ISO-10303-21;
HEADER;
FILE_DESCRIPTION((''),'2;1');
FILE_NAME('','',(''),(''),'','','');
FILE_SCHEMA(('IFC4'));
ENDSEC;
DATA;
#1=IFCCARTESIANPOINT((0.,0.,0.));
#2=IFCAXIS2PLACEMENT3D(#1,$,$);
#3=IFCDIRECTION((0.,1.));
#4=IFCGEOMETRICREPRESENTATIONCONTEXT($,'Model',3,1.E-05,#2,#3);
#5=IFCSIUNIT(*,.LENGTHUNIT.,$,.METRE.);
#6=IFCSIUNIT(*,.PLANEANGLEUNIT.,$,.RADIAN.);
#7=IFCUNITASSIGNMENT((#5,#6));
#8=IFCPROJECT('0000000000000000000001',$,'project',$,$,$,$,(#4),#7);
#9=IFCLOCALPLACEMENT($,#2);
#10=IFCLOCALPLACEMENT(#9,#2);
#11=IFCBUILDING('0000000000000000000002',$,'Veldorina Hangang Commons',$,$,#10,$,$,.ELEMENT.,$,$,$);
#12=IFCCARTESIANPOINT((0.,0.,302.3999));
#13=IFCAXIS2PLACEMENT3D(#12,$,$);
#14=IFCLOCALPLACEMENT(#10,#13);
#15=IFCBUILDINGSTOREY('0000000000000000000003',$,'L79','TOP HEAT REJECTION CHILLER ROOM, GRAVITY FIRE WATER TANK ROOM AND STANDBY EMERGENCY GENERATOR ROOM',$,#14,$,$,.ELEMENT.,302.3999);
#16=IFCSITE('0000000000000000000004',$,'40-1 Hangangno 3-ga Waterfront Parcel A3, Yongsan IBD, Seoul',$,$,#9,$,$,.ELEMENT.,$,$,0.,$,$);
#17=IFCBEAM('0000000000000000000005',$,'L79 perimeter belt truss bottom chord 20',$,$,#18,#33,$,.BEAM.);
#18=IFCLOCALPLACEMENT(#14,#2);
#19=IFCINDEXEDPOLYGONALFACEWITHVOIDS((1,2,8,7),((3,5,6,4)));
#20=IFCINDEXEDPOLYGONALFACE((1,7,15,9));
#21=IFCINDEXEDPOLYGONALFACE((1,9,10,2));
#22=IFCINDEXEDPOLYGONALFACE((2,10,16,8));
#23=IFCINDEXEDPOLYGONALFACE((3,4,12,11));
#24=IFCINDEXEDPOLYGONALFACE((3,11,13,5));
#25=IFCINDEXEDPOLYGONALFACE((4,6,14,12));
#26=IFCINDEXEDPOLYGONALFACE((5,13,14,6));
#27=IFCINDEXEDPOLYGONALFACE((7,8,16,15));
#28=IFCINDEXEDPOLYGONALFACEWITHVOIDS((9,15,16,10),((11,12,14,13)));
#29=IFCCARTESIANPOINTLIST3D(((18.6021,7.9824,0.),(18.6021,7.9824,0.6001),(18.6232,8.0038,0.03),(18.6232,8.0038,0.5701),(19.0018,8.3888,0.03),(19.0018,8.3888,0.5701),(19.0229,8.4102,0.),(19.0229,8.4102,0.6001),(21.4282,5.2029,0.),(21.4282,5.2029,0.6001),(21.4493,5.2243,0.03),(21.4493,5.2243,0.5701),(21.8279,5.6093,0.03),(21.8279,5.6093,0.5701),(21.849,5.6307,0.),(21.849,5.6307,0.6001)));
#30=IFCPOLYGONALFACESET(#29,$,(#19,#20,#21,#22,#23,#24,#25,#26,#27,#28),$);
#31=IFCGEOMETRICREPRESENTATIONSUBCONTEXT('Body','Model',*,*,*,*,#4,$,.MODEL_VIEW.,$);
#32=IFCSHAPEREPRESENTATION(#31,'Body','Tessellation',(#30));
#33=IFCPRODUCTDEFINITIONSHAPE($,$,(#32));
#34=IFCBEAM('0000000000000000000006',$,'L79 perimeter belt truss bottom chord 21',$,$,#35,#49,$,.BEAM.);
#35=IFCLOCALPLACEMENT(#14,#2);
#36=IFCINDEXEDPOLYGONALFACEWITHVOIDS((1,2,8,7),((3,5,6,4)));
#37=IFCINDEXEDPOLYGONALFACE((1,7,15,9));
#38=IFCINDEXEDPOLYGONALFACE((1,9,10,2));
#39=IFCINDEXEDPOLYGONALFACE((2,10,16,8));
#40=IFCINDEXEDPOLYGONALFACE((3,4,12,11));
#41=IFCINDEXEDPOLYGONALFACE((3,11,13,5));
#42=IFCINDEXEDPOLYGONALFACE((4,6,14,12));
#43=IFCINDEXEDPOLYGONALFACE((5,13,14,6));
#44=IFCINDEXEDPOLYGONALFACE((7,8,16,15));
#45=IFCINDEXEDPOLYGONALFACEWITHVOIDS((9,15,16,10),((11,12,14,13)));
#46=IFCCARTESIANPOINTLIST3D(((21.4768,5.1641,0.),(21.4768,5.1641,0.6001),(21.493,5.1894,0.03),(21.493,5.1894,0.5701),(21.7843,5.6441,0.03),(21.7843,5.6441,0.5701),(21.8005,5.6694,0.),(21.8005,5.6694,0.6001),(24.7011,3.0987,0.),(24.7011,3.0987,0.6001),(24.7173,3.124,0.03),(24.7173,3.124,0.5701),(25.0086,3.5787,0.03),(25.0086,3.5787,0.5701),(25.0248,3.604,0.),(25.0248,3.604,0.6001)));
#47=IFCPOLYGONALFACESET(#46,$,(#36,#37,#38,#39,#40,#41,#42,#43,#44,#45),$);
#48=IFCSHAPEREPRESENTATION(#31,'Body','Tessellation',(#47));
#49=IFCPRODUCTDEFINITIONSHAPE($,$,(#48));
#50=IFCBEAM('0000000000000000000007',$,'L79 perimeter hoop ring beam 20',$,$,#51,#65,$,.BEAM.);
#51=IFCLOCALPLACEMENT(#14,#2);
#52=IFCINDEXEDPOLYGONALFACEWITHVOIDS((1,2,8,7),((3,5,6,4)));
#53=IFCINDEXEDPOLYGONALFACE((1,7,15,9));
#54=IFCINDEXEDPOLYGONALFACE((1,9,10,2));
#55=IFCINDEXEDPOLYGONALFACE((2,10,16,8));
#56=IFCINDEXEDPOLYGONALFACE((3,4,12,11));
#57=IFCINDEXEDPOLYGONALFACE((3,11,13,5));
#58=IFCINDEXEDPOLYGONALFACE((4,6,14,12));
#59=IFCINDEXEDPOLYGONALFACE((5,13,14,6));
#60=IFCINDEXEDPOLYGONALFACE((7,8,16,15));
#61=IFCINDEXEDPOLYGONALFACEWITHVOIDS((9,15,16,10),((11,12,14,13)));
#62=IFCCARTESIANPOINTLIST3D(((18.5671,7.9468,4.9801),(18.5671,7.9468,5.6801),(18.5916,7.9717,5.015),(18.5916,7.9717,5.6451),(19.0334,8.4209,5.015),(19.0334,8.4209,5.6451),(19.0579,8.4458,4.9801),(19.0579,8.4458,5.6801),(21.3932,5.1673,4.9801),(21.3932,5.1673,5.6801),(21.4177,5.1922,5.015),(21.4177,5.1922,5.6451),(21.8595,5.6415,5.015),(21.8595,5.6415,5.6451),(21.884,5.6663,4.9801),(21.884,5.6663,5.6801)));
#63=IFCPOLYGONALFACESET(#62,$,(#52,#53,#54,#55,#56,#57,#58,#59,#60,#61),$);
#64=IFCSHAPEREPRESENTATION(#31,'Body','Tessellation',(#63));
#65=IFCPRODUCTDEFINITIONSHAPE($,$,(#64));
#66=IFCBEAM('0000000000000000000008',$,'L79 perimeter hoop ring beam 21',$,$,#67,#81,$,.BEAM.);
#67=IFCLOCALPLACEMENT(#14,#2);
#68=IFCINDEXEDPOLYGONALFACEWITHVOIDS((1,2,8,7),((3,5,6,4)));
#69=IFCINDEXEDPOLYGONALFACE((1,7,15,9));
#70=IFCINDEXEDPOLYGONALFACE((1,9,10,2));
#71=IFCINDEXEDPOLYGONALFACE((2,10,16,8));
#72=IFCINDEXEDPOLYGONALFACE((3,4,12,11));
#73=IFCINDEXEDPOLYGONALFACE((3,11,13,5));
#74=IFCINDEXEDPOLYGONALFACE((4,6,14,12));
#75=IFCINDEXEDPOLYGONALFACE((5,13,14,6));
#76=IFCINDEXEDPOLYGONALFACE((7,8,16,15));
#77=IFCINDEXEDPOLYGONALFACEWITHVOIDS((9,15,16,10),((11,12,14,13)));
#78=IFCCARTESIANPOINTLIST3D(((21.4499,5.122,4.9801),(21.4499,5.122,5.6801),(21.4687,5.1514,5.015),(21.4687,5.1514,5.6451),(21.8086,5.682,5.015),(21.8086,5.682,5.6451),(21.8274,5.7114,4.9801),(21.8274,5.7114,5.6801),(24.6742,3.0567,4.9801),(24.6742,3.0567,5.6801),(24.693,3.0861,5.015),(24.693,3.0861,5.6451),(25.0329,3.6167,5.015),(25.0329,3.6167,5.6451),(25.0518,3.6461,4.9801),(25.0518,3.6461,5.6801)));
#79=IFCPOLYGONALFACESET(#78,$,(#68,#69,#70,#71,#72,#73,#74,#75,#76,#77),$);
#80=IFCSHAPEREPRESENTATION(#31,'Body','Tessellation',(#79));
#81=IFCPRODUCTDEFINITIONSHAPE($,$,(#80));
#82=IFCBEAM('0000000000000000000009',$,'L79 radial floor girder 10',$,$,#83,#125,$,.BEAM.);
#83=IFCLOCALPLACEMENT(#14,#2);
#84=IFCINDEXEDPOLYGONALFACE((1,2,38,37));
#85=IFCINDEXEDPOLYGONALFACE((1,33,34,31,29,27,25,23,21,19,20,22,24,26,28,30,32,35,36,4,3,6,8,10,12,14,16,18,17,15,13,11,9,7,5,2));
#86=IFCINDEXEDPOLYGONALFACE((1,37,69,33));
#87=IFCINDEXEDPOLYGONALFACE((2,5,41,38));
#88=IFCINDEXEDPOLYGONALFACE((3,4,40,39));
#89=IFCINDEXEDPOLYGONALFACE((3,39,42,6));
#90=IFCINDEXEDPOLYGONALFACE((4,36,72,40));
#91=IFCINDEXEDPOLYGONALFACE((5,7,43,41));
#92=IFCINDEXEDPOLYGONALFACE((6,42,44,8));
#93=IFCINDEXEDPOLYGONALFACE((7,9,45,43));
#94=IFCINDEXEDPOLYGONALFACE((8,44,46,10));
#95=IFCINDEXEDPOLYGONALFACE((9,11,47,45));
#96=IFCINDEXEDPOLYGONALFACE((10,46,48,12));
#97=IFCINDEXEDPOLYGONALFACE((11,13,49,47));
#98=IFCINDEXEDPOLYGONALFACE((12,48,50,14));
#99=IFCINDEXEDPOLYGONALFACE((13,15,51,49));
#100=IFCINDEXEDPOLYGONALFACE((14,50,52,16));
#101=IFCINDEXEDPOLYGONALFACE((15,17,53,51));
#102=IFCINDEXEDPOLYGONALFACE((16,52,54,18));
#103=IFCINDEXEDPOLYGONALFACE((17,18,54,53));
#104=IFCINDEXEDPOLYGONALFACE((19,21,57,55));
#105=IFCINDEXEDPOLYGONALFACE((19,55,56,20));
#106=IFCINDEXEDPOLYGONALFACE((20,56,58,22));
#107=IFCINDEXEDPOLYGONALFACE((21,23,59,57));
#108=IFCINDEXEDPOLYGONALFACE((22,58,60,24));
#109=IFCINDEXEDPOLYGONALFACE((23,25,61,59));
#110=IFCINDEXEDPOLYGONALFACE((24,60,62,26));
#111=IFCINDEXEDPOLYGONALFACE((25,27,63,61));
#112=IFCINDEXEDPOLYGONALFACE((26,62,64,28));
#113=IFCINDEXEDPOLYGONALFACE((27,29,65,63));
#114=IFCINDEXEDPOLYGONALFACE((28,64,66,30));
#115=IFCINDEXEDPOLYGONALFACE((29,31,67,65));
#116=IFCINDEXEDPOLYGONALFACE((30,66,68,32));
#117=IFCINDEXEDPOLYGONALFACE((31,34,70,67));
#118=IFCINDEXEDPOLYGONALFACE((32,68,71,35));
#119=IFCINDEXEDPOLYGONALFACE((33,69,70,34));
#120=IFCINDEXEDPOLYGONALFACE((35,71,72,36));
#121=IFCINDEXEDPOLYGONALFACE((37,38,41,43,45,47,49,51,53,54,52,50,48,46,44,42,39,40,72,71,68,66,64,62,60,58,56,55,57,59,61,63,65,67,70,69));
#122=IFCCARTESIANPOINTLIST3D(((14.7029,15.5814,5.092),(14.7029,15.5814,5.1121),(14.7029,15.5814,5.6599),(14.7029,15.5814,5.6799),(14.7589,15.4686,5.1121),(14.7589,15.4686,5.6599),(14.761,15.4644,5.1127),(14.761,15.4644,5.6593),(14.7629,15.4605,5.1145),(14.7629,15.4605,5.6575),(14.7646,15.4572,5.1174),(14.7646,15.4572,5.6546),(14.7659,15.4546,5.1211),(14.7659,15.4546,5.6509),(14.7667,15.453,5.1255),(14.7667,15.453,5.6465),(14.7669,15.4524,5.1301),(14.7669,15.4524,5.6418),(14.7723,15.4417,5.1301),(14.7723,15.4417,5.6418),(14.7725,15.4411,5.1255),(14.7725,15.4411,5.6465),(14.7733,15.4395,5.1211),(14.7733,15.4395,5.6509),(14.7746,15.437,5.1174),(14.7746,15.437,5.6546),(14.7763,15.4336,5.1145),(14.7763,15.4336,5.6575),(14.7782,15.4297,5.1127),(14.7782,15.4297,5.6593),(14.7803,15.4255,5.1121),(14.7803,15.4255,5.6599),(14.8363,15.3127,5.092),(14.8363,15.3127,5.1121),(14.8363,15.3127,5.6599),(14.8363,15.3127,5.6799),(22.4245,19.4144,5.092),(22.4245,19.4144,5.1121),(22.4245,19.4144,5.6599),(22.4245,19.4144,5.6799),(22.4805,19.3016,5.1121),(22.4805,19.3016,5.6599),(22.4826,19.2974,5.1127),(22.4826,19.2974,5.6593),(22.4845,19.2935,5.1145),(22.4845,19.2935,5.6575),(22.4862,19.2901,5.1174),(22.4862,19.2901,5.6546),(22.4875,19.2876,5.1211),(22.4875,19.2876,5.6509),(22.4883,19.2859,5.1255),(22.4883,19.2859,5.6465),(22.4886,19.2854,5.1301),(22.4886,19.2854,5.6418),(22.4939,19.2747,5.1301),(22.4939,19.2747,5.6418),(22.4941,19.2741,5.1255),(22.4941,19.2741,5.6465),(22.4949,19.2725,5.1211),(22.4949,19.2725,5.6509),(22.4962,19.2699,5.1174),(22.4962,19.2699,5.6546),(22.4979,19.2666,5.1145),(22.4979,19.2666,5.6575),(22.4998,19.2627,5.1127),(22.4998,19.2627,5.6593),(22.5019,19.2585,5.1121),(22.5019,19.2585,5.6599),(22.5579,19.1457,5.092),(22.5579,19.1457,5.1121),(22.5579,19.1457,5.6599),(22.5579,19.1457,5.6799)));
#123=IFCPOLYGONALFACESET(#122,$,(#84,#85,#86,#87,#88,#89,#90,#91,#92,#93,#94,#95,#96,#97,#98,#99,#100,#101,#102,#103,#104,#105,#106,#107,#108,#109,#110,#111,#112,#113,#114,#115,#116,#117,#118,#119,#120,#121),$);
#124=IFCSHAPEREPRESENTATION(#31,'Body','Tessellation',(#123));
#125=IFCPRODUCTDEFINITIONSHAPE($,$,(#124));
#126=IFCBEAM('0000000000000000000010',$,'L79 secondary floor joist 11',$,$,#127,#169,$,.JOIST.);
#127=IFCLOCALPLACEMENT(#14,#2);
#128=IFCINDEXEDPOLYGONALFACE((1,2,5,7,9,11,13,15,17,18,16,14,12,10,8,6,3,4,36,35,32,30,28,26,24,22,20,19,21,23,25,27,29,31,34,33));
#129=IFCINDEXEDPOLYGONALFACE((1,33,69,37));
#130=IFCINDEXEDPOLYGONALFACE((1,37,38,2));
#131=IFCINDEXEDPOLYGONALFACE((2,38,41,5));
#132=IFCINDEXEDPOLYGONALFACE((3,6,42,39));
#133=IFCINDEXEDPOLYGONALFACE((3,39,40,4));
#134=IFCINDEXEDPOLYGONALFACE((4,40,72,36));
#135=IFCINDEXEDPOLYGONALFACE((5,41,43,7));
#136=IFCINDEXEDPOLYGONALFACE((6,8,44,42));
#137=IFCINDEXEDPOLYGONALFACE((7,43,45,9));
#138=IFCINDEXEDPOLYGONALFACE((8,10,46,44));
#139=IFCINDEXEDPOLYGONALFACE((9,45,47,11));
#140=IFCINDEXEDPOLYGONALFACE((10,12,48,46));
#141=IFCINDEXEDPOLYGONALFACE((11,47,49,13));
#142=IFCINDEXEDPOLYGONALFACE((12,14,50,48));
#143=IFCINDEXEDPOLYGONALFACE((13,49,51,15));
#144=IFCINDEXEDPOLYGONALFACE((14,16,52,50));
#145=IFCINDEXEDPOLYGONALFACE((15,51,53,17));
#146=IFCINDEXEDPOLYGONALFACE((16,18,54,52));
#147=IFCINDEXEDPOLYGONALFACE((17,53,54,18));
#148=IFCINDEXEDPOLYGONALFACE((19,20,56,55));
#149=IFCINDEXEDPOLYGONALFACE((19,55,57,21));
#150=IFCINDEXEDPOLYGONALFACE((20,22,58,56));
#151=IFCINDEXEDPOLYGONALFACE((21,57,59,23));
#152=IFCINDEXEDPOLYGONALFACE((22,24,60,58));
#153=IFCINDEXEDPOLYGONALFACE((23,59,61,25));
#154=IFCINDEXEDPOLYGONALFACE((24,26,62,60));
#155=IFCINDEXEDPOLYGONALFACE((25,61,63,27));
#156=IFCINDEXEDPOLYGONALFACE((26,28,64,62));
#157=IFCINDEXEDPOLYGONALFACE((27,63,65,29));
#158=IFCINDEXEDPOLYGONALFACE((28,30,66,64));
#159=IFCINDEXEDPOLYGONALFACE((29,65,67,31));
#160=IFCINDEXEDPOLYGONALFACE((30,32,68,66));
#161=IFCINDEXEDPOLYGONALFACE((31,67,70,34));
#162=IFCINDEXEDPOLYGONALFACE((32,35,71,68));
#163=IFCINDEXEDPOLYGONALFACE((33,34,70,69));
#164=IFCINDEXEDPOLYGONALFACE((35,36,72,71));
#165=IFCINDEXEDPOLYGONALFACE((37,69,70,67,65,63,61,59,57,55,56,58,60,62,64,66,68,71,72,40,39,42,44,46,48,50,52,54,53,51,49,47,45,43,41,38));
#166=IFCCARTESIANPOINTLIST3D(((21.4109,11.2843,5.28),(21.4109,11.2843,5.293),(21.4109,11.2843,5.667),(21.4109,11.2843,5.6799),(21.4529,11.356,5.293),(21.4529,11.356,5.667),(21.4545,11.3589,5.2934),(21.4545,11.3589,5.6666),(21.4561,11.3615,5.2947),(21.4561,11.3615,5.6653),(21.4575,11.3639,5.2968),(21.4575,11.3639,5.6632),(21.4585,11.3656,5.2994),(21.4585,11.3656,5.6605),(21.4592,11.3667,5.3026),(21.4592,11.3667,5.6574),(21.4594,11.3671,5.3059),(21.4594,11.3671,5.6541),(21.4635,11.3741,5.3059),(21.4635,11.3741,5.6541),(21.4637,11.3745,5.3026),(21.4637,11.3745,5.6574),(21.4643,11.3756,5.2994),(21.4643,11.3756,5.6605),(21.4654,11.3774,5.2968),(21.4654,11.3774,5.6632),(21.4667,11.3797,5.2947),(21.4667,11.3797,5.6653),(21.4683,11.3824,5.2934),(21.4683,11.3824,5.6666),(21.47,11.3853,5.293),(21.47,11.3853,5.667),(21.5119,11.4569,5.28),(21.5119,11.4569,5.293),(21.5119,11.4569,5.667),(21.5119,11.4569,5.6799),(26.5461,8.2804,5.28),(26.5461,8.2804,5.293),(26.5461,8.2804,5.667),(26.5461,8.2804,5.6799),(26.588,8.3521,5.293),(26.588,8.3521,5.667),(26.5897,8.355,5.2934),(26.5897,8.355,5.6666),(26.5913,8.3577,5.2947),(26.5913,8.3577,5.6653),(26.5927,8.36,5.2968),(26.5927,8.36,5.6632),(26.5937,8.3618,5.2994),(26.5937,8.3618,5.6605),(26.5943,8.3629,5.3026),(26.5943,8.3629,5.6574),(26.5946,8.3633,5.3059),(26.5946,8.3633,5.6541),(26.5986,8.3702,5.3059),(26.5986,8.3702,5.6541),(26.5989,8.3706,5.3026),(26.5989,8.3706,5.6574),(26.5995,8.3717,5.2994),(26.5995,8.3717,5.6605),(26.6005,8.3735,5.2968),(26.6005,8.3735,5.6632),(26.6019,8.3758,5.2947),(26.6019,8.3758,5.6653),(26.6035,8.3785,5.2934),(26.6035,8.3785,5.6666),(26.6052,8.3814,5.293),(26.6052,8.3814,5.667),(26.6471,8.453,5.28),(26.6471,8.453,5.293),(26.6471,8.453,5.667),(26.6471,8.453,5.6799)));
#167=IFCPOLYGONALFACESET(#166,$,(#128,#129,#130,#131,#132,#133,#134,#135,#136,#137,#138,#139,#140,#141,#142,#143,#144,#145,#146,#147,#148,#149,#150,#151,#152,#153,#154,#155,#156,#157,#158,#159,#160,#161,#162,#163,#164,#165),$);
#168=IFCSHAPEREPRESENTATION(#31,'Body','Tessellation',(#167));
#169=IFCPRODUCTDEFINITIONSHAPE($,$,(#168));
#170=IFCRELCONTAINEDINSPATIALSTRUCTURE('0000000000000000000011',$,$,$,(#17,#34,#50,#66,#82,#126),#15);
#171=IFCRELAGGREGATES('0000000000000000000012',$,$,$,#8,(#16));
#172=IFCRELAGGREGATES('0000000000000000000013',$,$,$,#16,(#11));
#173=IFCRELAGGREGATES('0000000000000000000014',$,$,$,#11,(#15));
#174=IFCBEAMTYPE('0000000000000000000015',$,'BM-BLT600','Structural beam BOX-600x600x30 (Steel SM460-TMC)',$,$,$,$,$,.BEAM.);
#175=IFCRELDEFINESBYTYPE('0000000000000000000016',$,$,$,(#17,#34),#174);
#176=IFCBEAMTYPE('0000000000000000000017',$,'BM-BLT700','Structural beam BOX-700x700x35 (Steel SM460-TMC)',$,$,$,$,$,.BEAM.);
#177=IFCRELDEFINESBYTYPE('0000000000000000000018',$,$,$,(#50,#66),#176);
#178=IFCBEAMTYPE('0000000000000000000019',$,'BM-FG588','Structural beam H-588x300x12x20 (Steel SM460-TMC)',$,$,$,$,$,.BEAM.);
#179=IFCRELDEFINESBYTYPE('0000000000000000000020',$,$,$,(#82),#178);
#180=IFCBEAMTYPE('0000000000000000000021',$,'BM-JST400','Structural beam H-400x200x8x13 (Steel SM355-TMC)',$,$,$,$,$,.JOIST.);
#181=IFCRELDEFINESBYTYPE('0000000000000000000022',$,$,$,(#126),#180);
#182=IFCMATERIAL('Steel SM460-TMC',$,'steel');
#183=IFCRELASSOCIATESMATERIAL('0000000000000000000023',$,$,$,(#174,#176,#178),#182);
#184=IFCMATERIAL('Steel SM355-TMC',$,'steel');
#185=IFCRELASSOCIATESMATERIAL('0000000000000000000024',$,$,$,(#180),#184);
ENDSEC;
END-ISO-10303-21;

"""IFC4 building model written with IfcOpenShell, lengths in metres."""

from ifc_helpers import new_model, si_unit, direction, frame, origin, origin_2d, place, context, subcontext, project, spatial, hollow_rectangle, i_section, extrude, material, material_profile, profile_set, type_object, element, save


model = new_model("IFC4")

# Units and contexts
model_context = context("Model", 3, precision=1e-05, world=origin(), true_north=direction((0.0, 1.0)))
body_context = subcontext(model_context, "Body", "Model", "MODEL_VIEW")
ifc_project = project(units=[si_unit("LENGTHUNIT", "METRE"), si_unit("PLANEANGLEUNIT", "RADIAN")], contexts=[model_context])

# Site, building, storey
site_placement = place(None, origin())
site = spatial("IfcSite", under=ifc_project, at=site_placement, Name="40-1 Hangangno 3-ga Waterfront Parcel A3, Yongsan IBD, Seoul", CompositionType="ELEMENT", RefElevation=0.0)
building_placement = place(site_placement, origin())
building = spatial("IfcBuilding", under=site, at=building_placement, Name="Veldorina Hangang Commons", CompositionType="ELEMENT")
storey_placement = place(building_placement, frame((0.0, 0.0, 302.3999)))
storey = spatial("IfcBuildingStorey", under=building, at=storey_placement, Name="L79", Description="TOP HEAT REJECTION CHILLER ROOM, GRAVITY FIRE WATER TANK ROOM AND STANDBY EMERGENCY GENERATOR ROOM", CompositionType="ELEMENT", Elevation=302.3999)

# Beams
ifc_material_1 = material(Name="Steel SM460-TMC", Category="steel")
ifc_material_profile_1 = material_profile(ifc_material_1, hollow_rectangle(XDim=0.6001, YDim=0.6001, WallThickness=0.03, at=origin_2d()), Name="BOX-600x600x30")
ifc_profile_set_1 = profile_set([ifc_material_profile_1], Name="Steel SM460-TMC")
beam_type_1 = type_object("IfcBeamType", Name="BM-BLT600", Description="Structural beam BOX-600x600x30 (Steel SM460-TMC)", PredefinedType="BEAM", material=ifc_profile_set_1)
beam_1_placement = place(storey_placement, frame((18.8125, 8.1963, 0.3), z_axis=(0.712964, -0.7012, 0.0), x_axis=(0.7012, 0.712964, 0.0)))
element("IfcBeam", 1, at=beam_1_placement, inside=storey, type_object=beam_type_1, Name="L79 perimeter belt truss bottom chord 20", PredefinedType="BEAM", context=body_context, shape_type="SweptSolid", body=[
    extrude(hollow_rectangle(XDim=0.6001, YDim=0.6001, WallThickness=0.03, at=origin_2d()), origin(), (0.0, 0.0, 1.0), 3.9639),
])
beam_2_placement = place(storey_placement, frame((21.6387, 5.4167, 0.3), z_axis=(0.842054, -0.539394, 0.0), x_axis=(0.539394, 0.842054, 0.0)))
element("IfcBeam", 2, at=beam_2_placement, inside=storey, type_object=beam_type_1, Name="L79 perimeter belt truss bottom chord 21", PredefinedType="BEAM", context=body_context, shape_type="SweptSolid", body=[
    extrude(hollow_rectangle(XDim=0.6001, YDim=0.6001, WallThickness=0.03, at=origin_2d()), origin(), (0.0, 0.0, 1.0), 3.8291),
])
ifc_material_profile_2 = material_profile(ifc_material_1, hollow_rectangle(XDim=0.7, YDim=0.7, WallThickness=0.0349, at=origin_2d()), Name="BOX-700x700x35")
ifc_profile_set_2 = profile_set([ifc_material_profile_2], Name="Steel SM460-TMC")
beam_type_2 = type_object("IfcBeamType", Name="BM-BLT700", Description="Structural beam BOX-700x700x35 (Steel SM460-TMC)", PredefinedType="BEAM", material=ifc_profile_set_2)
beam_3_placement = place(storey_placement, frame((18.8125, 8.1963, 5.3301), z_axis=(0.712964, -0.7012, 0.0), x_axis=(0.7012, 0.712964, 0.0)))
element("IfcBeam", 3, at=beam_3_placement, inside=storey, type_object=beam_type_2, Name="L79 perimeter hoop ring beam 20", PredefinedType="BEAM", context=body_context, shape_type="SweptSolid", body=[
    extrude(hollow_rectangle(XDim=0.7, YDim=0.7, WallThickness=0.0349, at=origin_2d()), origin(), (0.0, 0.0, 1.0), 3.9639),
])
beam_4_placement = place(storey_placement, frame((21.6387, 5.4167, 5.3301), z_axis=(0.842054, -0.539394, 0.0), x_axis=(0.539394, 0.842054, 0.0)))
element("IfcBeam", 4, at=beam_4_placement, inside=storey, type_object=beam_type_2, Name="L79 perimeter hoop ring beam 21", PredefinedType="BEAM", context=body_context, shape_type="SweptSolid", body=[
    extrude(hollow_rectangle(XDim=0.7, YDim=0.7, WallThickness=0.0349, at=origin_2d()), origin(), (0.0, 0.0, 1.0), 3.8291),
])
ifc_material_profile_3 = material_profile(ifc_material_1, i_section(OverallWidth=0.3, OverallDepth=0.5879, WebThickness=0.012, FlangeThickness=0.02, FilletRadius=0.0181, at=origin_2d()), Name="H-588x300x12x20")
ifc_profile_set_3 = profile_set([ifc_material_profile_3], Name="Steel SM460-TMC")
beam_type_3 = type_object("IfcBeamType", Name="BM-FG588", Description="Structural beam H-588x300x12x20 (Steel SM460-TMC)", PredefinedType="BEAM", material=ifc_profile_set_3)
beam_5_placement = place(storey_placement, frame((22.4912, 19.28, 5.386), z_axis=(-0.895715, -0.444629, 0.0), x_axis=(0.444629, -0.895715, 0.0)))
element("IfcBeam", 5, at=beam_5_placement, inside=storey, type_object=beam_type_3, Name="L79 radial floor girder 10", PredefinedType="BEAM", context=body_context, shape_type="SweptSolid", body=[
    extrude(i_section(OverallWidth=0.3, OverallDepth=0.5879, WebThickness=0.012, FlangeThickness=0.02, FilletRadius=0.0181, at=origin_2d()), origin(), (0.0, 0.0, 1.0), 8.6206),
])
ifc_material_2 = material(Name="Steel SM355-TMC", Category="steel")
ifc_material_profile_4 = material_profile(ifc_material_2, i_section(OverallWidth=0.2, OverallDepth=0.3999, WebThickness=0.0081, FlangeThickness=0.0129, FilletRadius=0.0129, at=origin_2d()), Name="H-400x200x8x13")
ifc_profile_set_4 = profile_set([ifc_material_profile_4], Name="Steel SM355-TMC")
beam_type_4 = type_object("IfcBeamType", Name="BM-JST400", Description="Structural beam H-400x200x8x13 (Steel SM355-TMC)", PredefinedType="JOIST", material=ifc_profile_set_4)
beam_6_placement = place(storey_placement, frame((21.4614, 11.3706, 5.48), z_axis=(0.863168, -0.504917, 0.0), x_axis=(0.504917, 0.863168, 0.0)))
element("IfcBeam", 6, at=beam_6_placement, inside=storey, type_object=beam_type_4, Name="L79 secondary floor joist 11", PredefinedType="JOIST", context=body_context, shape_type="SweptSolid", body=[
    extrude(i_section(OverallWidth=0.2, OverallDepth=0.3999, WebThickness=0.0081, FlangeThickness=0.0129, FilletRadius=0.0129, at=origin_2d()), origin(), (0.0, 0.0, 1.0), 5.9492),
])

save(model, "model.ifc")
